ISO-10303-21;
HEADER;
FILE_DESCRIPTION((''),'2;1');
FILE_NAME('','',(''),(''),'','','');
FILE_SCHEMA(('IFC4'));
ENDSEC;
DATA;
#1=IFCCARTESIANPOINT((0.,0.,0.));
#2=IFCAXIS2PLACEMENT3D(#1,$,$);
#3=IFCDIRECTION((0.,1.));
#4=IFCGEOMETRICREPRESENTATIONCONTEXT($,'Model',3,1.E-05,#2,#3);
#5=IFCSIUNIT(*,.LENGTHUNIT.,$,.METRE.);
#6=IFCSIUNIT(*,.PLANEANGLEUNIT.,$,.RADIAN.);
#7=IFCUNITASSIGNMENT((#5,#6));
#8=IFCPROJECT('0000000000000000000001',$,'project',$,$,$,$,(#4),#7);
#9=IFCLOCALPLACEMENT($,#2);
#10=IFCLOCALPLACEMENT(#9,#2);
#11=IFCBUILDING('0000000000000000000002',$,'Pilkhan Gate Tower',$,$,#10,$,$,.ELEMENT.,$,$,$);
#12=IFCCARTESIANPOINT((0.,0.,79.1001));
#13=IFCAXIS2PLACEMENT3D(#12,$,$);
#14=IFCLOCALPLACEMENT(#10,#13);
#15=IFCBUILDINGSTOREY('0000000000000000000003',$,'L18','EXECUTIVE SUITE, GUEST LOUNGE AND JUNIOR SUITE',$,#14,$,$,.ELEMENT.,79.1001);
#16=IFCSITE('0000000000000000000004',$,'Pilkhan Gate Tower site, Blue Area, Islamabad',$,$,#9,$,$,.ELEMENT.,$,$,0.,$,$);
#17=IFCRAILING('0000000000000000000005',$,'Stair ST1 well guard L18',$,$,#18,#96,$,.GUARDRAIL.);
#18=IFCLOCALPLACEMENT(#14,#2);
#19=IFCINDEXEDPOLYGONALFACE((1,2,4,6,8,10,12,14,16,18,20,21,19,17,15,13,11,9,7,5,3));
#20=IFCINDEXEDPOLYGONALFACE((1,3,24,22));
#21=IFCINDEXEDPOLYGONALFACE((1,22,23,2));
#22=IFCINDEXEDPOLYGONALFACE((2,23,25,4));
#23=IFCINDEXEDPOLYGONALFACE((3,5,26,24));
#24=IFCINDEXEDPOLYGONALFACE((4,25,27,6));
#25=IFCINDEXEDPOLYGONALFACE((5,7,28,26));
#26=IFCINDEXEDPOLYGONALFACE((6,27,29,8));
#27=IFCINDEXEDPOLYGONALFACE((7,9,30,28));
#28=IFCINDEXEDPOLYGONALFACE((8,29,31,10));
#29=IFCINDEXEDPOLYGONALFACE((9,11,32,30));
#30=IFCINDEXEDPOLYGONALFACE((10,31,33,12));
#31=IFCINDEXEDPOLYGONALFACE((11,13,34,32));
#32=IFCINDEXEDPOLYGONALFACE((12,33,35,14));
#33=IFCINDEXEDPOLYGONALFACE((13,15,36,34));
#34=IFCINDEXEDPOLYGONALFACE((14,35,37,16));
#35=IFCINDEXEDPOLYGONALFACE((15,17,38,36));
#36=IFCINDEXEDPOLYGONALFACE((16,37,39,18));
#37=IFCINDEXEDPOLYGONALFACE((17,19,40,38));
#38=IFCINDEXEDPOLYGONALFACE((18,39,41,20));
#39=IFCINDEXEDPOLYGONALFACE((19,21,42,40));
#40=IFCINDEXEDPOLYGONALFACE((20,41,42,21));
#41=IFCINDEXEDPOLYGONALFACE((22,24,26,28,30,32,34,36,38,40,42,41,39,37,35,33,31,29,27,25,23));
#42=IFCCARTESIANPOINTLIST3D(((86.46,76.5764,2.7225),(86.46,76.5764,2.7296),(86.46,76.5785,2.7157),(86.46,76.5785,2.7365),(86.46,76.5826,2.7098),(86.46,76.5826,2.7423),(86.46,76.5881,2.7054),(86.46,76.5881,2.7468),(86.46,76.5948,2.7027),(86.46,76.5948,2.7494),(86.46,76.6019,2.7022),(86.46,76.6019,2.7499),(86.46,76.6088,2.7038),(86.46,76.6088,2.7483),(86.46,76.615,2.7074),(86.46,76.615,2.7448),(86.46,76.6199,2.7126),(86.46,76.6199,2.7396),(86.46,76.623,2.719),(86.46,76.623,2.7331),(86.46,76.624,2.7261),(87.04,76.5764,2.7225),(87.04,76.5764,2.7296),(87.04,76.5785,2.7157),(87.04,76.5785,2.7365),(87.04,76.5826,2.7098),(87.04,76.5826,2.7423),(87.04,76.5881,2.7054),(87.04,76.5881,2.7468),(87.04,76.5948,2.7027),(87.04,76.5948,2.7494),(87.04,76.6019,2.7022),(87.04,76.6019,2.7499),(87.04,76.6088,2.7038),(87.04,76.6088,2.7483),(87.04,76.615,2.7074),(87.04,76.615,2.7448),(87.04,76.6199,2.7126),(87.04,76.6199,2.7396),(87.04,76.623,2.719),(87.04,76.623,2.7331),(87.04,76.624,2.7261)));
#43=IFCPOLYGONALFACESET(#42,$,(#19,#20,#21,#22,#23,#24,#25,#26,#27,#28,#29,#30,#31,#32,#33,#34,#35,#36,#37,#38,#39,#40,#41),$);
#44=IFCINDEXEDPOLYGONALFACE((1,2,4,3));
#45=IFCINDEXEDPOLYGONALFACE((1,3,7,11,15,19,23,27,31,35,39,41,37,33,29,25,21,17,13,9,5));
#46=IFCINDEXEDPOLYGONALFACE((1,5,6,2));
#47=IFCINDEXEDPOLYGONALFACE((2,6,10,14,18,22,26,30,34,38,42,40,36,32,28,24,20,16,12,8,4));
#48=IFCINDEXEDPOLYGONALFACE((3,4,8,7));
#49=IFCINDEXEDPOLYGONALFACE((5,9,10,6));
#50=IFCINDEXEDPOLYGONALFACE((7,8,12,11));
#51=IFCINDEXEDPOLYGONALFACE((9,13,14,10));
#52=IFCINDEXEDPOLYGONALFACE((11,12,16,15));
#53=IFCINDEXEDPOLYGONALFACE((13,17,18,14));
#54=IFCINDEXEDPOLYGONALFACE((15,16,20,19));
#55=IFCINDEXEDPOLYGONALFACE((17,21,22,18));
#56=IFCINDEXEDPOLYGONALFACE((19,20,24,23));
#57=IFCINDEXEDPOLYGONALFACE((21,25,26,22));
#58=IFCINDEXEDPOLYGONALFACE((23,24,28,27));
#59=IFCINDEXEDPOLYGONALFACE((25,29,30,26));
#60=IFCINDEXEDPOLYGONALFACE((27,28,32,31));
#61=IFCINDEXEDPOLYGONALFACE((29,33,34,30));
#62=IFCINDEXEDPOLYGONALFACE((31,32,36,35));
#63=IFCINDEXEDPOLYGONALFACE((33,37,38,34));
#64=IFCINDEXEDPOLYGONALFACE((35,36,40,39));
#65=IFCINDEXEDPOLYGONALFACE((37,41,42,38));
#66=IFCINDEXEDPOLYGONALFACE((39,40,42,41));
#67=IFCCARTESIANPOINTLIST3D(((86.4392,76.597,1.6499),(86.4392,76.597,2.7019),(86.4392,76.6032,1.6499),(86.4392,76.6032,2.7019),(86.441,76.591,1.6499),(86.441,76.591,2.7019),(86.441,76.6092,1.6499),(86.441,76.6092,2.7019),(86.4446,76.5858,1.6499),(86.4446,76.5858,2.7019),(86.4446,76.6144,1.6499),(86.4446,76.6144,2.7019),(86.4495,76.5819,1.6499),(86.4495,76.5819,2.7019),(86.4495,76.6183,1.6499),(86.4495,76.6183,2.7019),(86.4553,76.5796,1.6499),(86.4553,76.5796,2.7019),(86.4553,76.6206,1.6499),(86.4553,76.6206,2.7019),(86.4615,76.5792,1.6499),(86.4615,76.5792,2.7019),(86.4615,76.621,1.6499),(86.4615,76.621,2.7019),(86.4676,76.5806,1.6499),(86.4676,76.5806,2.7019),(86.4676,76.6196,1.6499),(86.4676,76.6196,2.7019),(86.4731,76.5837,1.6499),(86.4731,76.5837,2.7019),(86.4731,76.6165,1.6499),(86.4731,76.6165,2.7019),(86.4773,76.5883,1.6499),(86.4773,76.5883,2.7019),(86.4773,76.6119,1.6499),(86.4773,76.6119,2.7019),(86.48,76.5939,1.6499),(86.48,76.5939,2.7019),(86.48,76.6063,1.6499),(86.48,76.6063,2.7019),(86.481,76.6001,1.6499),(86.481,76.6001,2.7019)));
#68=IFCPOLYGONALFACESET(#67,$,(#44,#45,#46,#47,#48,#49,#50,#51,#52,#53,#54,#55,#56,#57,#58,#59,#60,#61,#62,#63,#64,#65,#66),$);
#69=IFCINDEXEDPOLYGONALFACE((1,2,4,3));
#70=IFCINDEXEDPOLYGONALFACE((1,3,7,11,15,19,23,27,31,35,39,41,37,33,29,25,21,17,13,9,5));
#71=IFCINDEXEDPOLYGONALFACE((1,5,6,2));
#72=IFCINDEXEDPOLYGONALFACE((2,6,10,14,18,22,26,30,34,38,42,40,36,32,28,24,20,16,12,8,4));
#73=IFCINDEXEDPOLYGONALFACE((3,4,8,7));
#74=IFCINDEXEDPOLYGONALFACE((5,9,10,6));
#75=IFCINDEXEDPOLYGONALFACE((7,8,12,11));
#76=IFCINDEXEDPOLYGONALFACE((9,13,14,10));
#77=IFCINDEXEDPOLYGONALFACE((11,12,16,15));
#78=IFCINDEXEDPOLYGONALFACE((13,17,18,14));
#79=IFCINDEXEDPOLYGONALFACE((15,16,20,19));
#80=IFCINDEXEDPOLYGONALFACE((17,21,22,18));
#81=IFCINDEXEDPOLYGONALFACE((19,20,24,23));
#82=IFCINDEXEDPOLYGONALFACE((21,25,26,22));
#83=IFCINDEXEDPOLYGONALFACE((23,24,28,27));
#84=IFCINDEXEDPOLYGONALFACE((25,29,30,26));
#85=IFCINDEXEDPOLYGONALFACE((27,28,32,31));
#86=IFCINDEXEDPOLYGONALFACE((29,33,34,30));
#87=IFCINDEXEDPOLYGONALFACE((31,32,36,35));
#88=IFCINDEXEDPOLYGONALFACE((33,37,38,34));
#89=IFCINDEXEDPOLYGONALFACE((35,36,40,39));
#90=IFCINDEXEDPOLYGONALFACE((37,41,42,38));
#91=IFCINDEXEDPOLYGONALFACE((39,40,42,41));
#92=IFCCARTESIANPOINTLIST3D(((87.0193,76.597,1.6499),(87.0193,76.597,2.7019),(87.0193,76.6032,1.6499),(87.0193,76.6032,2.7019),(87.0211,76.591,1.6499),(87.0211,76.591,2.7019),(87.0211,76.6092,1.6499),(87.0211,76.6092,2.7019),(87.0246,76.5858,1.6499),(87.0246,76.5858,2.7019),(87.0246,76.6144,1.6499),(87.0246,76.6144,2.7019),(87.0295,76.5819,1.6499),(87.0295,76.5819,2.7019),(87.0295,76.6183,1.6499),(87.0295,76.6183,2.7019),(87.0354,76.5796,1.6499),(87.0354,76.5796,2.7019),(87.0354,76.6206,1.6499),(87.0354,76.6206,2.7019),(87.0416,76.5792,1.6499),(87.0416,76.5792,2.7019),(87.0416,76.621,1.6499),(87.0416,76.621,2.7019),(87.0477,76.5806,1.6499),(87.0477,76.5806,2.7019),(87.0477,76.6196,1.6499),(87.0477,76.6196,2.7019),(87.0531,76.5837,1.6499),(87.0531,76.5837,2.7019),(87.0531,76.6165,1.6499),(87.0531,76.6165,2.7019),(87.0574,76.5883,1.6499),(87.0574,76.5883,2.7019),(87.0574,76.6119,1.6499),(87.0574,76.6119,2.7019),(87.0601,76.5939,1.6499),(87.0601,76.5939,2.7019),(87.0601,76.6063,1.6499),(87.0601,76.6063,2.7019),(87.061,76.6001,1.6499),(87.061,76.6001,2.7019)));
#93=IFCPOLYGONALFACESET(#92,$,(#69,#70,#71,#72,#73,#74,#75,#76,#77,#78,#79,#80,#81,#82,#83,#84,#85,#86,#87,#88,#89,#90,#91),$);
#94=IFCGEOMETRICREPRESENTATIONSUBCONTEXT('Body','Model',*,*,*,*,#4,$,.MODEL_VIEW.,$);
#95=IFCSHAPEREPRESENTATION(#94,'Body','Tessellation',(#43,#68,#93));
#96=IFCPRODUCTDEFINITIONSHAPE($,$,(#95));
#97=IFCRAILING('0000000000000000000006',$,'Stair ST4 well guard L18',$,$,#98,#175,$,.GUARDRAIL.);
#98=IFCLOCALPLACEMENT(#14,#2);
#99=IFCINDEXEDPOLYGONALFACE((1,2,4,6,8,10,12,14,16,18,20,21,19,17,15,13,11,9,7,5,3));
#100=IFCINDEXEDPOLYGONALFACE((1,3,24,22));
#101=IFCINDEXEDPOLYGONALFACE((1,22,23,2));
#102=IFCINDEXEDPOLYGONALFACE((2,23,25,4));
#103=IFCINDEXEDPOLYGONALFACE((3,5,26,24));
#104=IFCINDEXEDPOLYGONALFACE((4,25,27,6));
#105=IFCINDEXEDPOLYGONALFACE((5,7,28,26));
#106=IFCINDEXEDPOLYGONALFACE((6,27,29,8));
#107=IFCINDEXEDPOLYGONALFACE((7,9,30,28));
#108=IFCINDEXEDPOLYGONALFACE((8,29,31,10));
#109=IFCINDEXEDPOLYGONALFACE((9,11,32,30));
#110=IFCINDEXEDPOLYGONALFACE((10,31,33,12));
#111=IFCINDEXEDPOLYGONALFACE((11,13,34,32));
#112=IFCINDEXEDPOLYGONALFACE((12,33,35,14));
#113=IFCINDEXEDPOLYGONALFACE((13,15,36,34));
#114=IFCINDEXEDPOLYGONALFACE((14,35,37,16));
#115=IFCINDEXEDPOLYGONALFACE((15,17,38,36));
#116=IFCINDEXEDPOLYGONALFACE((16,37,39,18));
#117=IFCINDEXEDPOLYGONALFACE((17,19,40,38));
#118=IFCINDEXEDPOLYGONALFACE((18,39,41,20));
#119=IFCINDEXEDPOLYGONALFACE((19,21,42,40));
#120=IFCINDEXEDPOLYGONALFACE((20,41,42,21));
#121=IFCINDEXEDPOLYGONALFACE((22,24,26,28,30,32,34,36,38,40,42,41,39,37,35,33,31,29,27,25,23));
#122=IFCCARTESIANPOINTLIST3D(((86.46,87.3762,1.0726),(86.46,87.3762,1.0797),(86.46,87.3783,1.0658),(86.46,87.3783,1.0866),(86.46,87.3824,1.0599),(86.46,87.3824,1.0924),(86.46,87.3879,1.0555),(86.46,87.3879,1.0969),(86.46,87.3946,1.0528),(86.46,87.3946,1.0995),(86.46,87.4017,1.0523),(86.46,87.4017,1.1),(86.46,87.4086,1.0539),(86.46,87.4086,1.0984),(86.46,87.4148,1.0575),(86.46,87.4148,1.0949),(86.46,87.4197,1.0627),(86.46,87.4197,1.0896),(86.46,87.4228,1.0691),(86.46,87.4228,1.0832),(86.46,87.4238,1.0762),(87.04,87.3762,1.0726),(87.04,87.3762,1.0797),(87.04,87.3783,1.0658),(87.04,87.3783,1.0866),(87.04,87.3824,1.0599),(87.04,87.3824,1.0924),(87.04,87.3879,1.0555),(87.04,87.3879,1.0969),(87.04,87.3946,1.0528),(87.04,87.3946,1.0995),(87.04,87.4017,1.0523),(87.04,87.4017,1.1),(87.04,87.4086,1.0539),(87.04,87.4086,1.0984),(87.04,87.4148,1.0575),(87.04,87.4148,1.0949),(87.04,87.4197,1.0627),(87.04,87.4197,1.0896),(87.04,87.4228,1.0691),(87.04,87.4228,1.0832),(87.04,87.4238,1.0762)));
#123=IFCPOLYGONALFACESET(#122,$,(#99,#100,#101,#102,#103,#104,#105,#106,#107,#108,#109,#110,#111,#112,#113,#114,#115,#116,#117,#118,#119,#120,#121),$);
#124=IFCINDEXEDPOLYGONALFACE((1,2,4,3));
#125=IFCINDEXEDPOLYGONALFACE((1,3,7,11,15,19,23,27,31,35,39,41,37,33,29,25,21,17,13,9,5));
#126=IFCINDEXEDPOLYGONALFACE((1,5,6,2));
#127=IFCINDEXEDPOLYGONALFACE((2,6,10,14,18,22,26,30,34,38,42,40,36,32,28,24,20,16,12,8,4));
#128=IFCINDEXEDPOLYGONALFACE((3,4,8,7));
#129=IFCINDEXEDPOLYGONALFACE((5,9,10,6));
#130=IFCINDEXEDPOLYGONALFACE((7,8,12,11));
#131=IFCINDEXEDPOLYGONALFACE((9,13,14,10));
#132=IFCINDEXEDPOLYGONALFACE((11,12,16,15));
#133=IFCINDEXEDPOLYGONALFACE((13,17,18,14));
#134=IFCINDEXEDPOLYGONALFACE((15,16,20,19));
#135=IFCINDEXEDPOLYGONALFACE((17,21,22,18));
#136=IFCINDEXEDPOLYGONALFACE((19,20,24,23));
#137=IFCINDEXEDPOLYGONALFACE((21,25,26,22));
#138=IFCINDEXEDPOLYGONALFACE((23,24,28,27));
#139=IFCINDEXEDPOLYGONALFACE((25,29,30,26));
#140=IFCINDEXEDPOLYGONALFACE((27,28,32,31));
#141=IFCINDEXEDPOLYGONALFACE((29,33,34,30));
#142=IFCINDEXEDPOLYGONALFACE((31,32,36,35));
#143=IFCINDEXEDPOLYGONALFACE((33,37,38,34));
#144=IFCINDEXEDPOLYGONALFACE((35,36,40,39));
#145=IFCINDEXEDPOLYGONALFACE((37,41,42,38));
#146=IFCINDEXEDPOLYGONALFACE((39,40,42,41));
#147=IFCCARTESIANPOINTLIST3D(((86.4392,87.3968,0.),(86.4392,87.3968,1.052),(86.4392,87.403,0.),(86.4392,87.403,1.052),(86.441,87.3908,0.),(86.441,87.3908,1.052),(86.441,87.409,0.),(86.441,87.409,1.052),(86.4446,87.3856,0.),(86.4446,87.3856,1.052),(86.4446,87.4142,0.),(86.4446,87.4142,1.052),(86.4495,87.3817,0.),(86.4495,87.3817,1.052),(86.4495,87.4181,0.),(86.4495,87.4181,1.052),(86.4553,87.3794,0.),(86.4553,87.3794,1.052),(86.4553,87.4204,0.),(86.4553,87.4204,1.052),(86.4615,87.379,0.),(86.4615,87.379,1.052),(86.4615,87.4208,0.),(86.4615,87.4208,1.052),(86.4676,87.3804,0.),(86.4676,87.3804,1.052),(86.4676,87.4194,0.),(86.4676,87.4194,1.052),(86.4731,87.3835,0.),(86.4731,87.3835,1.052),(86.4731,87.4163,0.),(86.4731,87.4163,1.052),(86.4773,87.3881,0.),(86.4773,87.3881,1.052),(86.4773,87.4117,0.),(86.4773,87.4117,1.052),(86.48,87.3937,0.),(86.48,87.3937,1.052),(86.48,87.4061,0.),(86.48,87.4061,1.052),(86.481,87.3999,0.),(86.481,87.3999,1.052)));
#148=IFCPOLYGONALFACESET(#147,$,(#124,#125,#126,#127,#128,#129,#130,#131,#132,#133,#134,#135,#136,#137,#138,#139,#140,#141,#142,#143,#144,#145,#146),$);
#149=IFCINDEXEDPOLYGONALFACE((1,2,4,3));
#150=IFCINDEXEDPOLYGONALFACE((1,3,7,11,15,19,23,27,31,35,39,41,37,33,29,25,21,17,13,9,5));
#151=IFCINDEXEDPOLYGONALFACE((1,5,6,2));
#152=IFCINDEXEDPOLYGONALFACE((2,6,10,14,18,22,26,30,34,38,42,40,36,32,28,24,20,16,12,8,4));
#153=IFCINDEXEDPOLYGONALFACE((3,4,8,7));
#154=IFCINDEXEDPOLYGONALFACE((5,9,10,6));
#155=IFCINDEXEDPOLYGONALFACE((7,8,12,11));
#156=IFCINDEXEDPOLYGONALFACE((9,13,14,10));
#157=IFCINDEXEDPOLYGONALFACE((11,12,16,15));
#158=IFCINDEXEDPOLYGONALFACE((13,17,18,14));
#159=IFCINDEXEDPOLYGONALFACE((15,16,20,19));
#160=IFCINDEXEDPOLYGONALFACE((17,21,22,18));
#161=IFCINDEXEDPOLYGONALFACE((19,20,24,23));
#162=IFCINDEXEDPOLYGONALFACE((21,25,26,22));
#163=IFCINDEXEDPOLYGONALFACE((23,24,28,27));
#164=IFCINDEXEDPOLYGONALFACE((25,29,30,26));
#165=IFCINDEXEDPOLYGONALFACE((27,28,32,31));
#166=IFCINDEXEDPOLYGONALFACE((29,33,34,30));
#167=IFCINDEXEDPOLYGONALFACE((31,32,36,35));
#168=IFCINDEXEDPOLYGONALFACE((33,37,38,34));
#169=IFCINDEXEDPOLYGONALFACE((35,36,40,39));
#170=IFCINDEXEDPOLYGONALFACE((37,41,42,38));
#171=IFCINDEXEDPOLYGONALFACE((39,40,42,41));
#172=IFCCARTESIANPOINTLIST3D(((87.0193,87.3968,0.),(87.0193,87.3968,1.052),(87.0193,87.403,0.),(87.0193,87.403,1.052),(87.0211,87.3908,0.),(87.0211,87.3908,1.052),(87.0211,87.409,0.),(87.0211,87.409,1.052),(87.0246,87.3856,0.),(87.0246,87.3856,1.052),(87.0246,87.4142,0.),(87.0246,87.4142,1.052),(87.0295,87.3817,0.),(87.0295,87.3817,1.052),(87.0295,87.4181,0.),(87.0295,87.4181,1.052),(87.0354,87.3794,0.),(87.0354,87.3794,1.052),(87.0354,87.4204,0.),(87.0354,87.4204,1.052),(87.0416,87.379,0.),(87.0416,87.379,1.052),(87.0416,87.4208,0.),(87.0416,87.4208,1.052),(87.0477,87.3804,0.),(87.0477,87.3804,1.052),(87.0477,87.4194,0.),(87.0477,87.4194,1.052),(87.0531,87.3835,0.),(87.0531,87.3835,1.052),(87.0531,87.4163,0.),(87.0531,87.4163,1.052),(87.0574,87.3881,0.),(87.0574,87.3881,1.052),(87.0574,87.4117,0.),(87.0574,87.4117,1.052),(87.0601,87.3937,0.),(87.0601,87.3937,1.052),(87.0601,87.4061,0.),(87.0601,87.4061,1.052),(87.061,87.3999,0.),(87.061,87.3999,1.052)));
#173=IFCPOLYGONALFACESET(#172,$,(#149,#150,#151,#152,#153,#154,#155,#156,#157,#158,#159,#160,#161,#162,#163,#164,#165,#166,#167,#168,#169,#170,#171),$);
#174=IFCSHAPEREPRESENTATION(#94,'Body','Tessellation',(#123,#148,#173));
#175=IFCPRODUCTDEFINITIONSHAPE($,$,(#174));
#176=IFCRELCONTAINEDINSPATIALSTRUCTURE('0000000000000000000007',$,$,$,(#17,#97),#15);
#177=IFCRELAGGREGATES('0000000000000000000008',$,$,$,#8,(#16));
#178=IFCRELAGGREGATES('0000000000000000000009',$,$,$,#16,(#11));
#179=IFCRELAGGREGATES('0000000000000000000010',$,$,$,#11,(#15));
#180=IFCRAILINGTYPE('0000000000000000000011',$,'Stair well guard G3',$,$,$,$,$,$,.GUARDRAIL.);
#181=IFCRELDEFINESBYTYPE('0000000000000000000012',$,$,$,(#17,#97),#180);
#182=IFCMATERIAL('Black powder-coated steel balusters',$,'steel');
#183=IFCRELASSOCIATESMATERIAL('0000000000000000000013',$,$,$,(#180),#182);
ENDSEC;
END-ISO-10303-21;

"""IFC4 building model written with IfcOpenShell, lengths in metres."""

from ifc_helpers import new_model, si_unit, direction, frame, origin, origin_2d, place, context, subcontext, project, spatial, circle, extrude, material, type_object, element, save


model = new_model("IFC4")

# Units and contexts
model_context = context("Model", 3, precision=1e-05, world=origin(), true_north=direction((0.0, 1.0)))
body_context = subcontext(model_context, "Body", "Model", "MODEL_VIEW")
ifc_project = project(units=[si_unit("LENGTHUNIT", "METRE"), si_unit("PLANEANGLEUNIT", "RADIAN")], contexts=[model_context])

# Site, building, storey
site_placement = place(None, origin())
site = spatial("IfcSite", under=ifc_project, at=site_placement, Name="Pilkhan Gate Tower site, Blue Area, Islamabad", CompositionType="ELEMENT", RefElevation=0.0)
building_placement = place(site_placement, origin())
building = spatial("IfcBuilding", under=site, at=building_placement, Name="Pilkhan Gate Tower", CompositionType="ELEMENT")
storey_placement = place(building_placement, frame((0.0, 0.0, 79.1001)))
storey = spatial("IfcBuildingStorey", under=building, at=storey_placement, Name="L18", Description="EXECUTIVE SUITE, GUEST LOUNGE AND JUNIOR SUITE", CompositionType="ELEMENT", Elevation=79.1001)

# Railings
ifc_material_1 = material(Name="Black powder-coated steel balusters", Category="steel")
railing_type_1 = type_object("IfcRailingType", Name="Stair well guard G3", PredefinedType="GUARDRAIL", material=ifc_material_1)
for number, where, name in (
    (1, (86.46, 76.6001, 1.6499), "Stair ST1 well guard L18"),
    (2, (86.46, 87.3999, 0.0), "Stair ST4 well guard L18"),
):
    element("IfcRailing", number, at=place(storey_placement, frame(where)), inside=storey, type_object=railing_type_1, Name=name, PredefinedType="GUARDRAIL", context=body_context, shape_type="SweptSolid", body=[
        extrude(circle(Radius=0.0239, at=origin_2d()), frame((0.0, 0.0, 1.0762), z_axis=(1.0, 0.0, 0.0), x_axis=(0.0, 1.0, 0.0)), (0.0, 0.0, 1.0), 0.5801),
        extrude(circle(Radius=0.021, at=origin_2d()), origin(), (0.0, 0.0, 1.0), 1.052),
        extrude(circle(Radius=0.021, at=origin_2d()), frame((0.5801, 0.0, 0.0)), (0.0, 0.0, 1.0), 1.052),
    ])

save(model, "model.ifc")
